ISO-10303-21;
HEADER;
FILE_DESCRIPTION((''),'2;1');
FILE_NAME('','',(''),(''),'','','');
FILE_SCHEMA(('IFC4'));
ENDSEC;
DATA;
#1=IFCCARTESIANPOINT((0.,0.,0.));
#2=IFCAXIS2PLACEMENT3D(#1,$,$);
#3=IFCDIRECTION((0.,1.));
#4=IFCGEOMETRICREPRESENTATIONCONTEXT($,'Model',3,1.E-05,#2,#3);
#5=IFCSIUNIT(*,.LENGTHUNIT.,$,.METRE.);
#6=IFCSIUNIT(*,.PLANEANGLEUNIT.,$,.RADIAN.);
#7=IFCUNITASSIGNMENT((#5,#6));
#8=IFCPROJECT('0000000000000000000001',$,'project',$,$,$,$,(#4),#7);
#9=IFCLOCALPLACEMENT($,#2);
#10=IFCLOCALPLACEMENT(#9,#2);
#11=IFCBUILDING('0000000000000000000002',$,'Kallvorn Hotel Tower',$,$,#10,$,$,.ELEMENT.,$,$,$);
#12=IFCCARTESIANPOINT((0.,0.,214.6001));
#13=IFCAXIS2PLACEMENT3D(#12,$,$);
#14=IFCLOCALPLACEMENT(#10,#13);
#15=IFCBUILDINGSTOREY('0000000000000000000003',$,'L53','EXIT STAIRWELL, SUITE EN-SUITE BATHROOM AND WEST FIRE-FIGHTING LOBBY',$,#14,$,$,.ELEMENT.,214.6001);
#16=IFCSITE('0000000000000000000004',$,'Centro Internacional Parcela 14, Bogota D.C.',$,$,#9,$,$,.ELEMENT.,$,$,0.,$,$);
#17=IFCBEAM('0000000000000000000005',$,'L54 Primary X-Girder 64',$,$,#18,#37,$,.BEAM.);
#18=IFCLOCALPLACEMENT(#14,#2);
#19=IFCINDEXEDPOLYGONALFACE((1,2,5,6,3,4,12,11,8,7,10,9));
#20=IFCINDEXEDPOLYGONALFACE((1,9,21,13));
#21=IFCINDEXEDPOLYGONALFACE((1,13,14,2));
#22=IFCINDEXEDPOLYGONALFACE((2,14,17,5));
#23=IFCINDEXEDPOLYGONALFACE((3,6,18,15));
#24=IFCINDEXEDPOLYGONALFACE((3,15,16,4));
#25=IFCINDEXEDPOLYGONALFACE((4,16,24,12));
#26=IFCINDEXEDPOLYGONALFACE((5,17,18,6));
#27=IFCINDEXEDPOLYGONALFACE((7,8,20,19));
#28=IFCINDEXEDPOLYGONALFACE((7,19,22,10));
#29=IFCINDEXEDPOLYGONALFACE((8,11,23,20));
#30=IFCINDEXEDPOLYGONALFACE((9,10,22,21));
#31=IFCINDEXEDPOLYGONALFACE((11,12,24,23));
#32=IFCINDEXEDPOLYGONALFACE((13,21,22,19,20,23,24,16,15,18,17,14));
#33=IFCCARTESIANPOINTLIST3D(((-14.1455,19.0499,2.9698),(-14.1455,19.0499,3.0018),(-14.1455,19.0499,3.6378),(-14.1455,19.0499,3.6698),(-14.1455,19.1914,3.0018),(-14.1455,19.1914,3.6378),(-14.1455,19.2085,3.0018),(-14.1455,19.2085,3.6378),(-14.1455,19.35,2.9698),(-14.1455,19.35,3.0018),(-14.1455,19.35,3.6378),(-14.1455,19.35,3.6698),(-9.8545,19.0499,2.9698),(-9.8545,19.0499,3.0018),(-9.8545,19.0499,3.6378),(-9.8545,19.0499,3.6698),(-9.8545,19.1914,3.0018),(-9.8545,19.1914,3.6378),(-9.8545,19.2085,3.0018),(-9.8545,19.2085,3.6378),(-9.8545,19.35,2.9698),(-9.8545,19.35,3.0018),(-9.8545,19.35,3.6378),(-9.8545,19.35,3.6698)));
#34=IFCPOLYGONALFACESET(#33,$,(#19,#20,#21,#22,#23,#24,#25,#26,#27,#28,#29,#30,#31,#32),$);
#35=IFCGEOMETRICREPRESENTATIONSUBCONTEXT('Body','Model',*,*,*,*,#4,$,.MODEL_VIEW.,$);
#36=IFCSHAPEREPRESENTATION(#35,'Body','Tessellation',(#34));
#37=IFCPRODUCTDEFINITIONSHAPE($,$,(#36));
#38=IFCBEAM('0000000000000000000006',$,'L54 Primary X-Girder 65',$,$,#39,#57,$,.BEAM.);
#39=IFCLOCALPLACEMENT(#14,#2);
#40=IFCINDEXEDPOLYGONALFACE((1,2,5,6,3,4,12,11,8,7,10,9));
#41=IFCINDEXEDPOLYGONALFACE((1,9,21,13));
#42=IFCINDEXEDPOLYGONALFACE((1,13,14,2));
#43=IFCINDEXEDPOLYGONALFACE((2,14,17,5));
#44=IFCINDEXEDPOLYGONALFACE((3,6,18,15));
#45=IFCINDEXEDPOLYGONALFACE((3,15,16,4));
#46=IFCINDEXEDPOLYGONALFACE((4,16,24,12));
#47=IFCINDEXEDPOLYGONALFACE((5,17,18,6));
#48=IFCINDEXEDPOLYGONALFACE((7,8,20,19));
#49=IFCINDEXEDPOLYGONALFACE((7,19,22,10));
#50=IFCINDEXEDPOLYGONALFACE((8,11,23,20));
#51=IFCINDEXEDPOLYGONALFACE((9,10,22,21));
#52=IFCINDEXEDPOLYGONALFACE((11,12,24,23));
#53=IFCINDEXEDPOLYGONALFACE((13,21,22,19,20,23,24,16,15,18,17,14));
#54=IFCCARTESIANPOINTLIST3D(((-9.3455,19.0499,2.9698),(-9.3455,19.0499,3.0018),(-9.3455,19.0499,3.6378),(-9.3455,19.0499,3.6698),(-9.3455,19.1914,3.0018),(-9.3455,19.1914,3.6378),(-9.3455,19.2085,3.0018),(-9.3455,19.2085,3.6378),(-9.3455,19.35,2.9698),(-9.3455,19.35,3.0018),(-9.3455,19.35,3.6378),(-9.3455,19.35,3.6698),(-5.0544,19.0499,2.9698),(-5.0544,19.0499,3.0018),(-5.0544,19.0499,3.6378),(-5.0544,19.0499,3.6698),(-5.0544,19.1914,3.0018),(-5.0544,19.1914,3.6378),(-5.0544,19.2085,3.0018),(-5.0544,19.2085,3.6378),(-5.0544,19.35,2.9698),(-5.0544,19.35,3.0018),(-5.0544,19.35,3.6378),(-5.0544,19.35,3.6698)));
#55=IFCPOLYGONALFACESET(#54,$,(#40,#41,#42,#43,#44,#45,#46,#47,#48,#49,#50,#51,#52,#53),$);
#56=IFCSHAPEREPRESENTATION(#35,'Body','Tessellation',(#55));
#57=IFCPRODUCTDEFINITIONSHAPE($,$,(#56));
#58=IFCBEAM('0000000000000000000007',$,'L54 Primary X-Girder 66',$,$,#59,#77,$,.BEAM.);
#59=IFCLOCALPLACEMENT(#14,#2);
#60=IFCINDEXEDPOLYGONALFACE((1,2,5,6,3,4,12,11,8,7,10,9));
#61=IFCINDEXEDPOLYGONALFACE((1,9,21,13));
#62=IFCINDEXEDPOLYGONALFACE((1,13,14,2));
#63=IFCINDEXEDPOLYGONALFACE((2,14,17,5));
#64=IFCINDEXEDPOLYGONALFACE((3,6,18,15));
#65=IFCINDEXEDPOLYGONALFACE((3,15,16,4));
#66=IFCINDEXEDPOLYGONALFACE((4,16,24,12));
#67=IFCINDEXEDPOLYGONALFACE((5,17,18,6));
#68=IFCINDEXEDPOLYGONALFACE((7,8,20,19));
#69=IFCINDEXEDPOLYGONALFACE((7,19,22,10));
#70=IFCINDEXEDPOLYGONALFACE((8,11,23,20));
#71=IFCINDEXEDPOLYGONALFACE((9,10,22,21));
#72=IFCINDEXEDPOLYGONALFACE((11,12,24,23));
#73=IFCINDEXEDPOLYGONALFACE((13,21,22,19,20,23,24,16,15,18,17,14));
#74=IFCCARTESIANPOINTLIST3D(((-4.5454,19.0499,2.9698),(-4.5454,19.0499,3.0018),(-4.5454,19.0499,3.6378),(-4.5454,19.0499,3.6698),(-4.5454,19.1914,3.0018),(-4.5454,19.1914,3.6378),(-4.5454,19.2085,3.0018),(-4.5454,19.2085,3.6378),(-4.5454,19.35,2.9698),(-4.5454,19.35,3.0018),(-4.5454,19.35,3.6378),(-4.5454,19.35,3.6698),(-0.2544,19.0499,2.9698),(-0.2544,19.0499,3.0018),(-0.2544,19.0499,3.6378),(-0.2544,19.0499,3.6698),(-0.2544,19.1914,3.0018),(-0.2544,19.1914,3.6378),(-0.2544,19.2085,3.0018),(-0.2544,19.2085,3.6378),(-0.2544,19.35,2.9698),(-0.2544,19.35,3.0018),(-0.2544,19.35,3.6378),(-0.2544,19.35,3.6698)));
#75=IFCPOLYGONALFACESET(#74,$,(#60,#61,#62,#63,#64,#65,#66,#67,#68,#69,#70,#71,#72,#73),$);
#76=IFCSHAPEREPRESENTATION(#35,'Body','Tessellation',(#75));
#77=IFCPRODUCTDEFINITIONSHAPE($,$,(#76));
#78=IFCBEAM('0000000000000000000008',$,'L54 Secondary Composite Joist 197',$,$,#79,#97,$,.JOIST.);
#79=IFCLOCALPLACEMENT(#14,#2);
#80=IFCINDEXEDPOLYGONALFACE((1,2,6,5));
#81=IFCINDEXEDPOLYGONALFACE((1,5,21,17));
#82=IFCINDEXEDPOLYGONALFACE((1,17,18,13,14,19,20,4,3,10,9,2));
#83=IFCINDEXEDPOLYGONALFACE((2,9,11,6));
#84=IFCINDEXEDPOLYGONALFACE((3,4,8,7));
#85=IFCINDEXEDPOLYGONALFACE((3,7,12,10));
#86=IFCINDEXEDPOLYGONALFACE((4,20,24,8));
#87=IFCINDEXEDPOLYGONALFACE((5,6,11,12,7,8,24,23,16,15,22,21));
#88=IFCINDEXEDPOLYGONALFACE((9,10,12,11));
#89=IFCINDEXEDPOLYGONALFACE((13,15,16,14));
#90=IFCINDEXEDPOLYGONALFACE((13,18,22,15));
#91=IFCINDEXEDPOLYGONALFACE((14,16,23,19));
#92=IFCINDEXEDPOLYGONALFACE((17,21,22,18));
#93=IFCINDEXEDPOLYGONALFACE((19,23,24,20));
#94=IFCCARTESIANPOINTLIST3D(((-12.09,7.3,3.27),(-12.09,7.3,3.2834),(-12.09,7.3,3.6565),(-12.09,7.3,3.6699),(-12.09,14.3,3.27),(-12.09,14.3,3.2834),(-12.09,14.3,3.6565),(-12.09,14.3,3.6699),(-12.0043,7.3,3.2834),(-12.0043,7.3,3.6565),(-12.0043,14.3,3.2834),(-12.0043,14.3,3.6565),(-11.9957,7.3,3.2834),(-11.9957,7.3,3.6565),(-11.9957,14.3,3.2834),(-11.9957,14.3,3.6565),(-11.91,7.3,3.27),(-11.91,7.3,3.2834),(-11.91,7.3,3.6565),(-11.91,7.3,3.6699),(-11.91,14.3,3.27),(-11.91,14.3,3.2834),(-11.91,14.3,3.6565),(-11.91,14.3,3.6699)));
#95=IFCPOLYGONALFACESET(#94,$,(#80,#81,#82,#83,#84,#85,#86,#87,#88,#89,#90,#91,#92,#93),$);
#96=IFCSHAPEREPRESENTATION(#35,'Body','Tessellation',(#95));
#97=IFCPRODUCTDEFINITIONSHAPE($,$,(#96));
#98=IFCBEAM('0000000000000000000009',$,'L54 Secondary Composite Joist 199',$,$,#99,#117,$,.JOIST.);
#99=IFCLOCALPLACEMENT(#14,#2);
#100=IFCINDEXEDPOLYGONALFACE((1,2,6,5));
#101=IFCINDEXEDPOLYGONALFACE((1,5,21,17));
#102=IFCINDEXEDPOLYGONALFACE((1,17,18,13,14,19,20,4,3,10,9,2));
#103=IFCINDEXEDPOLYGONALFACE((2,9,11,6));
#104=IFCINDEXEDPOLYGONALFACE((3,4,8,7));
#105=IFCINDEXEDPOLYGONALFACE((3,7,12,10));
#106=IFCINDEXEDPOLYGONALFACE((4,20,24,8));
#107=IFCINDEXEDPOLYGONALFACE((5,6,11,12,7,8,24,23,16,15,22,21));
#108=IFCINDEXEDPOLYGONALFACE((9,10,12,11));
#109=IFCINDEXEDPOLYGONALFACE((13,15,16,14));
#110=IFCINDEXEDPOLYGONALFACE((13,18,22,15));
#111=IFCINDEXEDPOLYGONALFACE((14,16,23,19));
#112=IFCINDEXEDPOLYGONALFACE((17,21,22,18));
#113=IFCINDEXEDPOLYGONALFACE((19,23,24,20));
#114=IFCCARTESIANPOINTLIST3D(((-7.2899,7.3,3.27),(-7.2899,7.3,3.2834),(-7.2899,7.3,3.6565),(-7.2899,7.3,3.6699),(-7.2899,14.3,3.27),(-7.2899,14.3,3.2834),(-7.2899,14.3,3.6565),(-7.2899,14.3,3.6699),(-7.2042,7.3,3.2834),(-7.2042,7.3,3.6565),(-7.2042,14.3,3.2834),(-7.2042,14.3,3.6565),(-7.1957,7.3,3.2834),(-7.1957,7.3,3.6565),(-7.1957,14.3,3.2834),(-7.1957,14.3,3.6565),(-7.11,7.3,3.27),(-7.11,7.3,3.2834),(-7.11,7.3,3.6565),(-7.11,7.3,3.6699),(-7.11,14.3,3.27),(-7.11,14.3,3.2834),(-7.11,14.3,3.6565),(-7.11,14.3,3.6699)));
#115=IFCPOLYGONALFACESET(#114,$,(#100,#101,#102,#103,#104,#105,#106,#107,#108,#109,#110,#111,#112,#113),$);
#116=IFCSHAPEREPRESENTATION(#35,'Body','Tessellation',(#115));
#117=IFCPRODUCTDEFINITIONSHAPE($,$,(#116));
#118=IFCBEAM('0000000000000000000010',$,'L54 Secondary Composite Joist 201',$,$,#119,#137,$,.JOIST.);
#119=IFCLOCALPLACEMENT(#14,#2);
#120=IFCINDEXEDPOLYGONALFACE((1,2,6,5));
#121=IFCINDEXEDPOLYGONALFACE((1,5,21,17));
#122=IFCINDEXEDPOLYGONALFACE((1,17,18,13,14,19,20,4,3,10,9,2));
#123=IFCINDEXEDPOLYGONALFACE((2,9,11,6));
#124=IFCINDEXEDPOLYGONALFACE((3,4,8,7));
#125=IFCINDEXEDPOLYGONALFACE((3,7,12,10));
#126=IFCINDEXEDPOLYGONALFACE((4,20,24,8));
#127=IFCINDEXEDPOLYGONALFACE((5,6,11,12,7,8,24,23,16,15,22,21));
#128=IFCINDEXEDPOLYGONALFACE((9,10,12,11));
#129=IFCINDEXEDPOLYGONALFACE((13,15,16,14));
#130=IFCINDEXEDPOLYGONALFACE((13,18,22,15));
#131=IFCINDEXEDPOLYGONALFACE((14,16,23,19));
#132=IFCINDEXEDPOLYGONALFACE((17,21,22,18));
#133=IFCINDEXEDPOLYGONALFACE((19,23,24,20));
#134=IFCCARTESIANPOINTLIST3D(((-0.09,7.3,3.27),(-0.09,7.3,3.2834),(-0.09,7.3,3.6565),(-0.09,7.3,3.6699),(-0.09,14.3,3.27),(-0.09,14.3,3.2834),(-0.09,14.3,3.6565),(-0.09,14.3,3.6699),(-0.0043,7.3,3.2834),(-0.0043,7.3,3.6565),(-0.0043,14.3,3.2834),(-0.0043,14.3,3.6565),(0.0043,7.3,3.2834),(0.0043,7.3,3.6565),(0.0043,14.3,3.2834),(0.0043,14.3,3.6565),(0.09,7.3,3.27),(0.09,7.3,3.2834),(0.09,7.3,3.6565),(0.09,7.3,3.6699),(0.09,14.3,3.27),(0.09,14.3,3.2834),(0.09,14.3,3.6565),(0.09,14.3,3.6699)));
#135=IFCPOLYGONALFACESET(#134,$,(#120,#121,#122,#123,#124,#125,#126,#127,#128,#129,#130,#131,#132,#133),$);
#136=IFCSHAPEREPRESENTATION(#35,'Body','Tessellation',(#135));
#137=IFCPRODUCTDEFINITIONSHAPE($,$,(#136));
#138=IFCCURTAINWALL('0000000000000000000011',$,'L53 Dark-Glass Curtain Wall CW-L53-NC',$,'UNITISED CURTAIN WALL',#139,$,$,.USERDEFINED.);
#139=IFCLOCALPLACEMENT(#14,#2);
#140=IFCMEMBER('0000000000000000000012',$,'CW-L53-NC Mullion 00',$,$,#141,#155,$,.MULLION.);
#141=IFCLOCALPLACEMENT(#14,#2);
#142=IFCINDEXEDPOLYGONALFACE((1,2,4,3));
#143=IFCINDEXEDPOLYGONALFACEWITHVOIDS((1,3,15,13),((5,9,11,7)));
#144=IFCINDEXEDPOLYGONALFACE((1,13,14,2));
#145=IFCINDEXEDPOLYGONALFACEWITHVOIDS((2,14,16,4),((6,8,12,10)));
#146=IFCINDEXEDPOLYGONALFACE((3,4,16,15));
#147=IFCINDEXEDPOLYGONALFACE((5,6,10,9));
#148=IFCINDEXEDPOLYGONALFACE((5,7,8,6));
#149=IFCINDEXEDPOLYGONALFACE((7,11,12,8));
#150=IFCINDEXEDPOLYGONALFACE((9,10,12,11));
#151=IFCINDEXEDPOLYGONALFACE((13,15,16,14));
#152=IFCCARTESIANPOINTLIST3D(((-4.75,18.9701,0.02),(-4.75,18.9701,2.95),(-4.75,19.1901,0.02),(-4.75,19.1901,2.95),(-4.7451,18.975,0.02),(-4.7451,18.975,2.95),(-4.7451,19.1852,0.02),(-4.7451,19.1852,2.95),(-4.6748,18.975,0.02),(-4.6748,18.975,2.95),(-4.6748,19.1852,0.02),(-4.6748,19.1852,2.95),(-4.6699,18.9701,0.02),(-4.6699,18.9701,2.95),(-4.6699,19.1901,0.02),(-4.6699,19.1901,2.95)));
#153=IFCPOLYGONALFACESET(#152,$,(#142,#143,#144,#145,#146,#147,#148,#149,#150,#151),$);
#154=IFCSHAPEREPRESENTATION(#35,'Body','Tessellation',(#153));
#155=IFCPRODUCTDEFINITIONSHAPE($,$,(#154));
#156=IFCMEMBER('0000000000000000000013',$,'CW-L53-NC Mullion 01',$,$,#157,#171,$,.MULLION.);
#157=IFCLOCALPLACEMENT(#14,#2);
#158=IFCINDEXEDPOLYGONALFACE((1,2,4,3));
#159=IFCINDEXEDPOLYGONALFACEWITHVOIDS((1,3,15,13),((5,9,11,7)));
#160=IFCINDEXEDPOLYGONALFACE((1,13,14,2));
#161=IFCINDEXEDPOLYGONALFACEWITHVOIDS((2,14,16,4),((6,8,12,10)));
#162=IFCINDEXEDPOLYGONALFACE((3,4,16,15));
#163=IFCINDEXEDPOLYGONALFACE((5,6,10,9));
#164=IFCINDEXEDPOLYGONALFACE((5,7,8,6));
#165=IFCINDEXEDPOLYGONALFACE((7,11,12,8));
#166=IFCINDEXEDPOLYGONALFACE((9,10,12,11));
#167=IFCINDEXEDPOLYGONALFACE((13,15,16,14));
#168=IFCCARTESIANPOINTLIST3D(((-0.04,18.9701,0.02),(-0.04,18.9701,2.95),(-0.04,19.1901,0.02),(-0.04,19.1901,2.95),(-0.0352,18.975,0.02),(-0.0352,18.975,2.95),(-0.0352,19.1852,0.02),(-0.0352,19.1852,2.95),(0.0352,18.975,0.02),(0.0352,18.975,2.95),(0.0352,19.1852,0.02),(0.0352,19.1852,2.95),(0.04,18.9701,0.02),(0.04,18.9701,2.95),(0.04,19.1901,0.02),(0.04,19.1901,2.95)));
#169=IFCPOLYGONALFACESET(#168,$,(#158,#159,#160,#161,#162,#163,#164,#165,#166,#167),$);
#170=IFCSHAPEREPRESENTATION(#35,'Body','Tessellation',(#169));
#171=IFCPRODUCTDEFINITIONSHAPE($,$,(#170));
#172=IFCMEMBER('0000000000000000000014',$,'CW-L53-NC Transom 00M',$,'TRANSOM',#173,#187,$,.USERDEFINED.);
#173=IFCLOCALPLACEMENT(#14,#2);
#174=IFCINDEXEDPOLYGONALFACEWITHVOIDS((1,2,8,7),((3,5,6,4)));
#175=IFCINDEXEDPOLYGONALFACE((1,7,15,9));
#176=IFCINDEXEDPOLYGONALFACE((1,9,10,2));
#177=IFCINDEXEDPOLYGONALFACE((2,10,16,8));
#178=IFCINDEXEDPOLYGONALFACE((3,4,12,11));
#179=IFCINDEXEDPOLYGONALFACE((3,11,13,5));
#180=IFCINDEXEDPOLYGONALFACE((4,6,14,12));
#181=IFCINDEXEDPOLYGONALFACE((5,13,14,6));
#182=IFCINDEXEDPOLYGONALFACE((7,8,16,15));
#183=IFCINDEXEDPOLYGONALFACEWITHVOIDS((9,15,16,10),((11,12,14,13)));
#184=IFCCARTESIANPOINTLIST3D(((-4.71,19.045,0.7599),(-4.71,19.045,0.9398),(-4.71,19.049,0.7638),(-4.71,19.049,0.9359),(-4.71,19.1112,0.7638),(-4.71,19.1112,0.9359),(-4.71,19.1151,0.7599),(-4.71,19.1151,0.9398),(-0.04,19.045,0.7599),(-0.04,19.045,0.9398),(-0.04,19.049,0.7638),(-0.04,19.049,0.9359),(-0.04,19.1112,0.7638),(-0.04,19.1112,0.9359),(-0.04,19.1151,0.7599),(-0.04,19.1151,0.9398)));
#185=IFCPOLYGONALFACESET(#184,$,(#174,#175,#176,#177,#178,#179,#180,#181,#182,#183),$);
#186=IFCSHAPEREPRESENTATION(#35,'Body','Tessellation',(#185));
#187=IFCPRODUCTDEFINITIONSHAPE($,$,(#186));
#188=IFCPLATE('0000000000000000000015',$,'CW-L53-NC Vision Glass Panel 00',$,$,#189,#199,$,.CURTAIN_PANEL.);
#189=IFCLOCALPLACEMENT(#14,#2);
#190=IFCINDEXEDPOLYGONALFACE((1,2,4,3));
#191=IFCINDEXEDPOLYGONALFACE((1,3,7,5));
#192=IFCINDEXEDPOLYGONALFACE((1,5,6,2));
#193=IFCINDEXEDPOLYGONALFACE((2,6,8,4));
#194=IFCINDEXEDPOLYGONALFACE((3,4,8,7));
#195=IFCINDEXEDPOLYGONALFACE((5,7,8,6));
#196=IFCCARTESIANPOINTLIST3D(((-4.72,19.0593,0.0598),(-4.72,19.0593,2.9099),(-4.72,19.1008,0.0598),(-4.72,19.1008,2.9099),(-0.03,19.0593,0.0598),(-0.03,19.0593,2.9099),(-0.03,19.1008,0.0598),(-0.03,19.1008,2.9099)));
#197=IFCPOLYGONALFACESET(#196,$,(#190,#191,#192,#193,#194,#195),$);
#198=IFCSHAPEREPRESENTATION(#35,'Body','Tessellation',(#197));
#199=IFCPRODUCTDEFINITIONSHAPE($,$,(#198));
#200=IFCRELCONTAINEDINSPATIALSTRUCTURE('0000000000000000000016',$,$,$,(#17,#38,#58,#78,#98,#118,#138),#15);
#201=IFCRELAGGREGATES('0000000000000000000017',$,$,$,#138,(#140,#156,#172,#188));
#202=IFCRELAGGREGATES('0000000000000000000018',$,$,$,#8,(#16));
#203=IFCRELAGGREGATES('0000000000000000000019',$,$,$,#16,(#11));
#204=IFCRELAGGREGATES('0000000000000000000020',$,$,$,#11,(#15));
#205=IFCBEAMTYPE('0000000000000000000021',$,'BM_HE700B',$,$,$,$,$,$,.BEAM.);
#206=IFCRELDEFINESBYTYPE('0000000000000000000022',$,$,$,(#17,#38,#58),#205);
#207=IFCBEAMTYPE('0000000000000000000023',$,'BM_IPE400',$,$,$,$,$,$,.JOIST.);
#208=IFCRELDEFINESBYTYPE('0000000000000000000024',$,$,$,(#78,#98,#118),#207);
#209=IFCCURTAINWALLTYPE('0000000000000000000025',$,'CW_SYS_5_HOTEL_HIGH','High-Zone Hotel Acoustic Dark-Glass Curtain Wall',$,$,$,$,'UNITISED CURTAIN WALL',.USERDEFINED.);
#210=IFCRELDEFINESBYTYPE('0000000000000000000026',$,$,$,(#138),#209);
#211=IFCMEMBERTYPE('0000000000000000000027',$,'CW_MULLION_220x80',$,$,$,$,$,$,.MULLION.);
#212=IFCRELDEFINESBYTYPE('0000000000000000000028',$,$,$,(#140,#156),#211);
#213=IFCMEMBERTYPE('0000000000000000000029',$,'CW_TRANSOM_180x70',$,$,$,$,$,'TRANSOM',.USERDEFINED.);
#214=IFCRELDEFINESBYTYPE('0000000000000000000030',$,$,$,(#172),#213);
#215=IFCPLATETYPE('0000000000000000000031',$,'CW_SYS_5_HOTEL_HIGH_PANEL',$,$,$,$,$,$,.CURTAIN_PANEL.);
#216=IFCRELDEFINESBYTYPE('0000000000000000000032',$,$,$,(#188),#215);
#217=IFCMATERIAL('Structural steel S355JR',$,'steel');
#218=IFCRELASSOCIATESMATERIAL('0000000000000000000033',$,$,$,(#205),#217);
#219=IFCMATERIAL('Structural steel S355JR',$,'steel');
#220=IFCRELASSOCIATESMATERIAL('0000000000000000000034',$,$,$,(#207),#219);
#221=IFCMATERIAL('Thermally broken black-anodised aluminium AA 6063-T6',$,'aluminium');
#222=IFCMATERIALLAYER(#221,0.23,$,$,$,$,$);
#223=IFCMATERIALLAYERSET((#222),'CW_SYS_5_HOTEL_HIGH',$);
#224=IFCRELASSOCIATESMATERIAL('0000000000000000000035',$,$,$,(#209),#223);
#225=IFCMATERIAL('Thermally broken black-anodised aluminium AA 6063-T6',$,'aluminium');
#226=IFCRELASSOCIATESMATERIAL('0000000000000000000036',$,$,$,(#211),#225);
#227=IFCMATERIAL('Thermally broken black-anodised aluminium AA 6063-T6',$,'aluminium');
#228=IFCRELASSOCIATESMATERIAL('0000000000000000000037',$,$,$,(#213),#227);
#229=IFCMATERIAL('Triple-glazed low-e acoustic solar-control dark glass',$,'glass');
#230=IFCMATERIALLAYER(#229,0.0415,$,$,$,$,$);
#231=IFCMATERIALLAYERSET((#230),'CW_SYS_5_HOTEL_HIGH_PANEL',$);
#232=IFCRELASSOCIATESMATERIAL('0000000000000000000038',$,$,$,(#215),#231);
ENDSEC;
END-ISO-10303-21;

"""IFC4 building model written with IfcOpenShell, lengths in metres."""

from ifc_helpers import new_model, si_unit, direction, frame, origin, origin_2d, place, context, subcontext, project, spatial, rectangle, hollow_rectangle, i_section, extrude, material, layer, layer_set, material_profile, profile_set, type_object, element, aggregate, save


model = new_model("IFC4")

# Units and contexts
model_context = context("Model", 3, precision=1e-05, world=origin(), true_north=direction((0.0, 1.0)))
body_context = subcontext(model_context, "Body", "Model", "MODEL_VIEW")
ifc_project = project(units=[si_unit("LENGTHUNIT", "METRE"), si_unit("PLANEANGLEUNIT", "RADIAN")], contexts=[model_context])

# Site, building, storey
site_placement = place(None, origin())
site = spatial("IfcSite", under=ifc_project, at=site_placement, Name="Centro Internacional Parcela 14, Bogota D.C.", CompositionType="ELEMENT", RefElevation=0.0)
building_placement = place(site_placement, origin())
building = spatial("IfcBuilding", under=site, at=building_placement, Name="Kallvorn Hotel Tower", CompositionType="ELEMENT")
storey_placement = place(building_placement, frame((0.0, 0.0, 214.6001)))
storey = spatial("IfcBuildingStorey", under=building, at=storey_placement, Name="L53", Description="EXIT STAIRWELL, SUITE EN-SUITE BATHROOM AND WEST FIRE-FIGHTING LOBBY", CompositionType="ELEMENT", Elevation=214.6001)

# Beams
ifc_material_1 = material(Name="Structural steel S355JR", Category="steel")
ifc_material_profile_1 = material_profile(ifc_material_1, i_section(OverallWidth=0.3, OverallDepth=0.7, WebThickness=0.0171, FlangeThickness=0.032, at=origin_2d()), Name="HE 700 B")
ifc_profile_set_1 = profile_set([ifc_material_profile_1], Name="Structural steel S355JR")
beam_type_1 = type_object("IfcBeamType", Name="BM_HE700B", PredefinedType="BEAM", material=ifc_profile_set_1)
for number, where, z_axis, x_axis, name in (
    (1, (-14.1455, 19.2, 3.3198), (1.0, 0.0, 0.0), (0.0, 1.0, 0.0), "L54 Primary X-Girder 64"),
    (2, (-9.3455, 19.2, 3.3198), (1.0, 0.0, 0.0), (0.0, 1.0, 0.0), "L54 Primary X-Girder 65"),
    (3, (-4.5454, 19.2, 3.3198), (1.0, 0.0, 0.0), (0.0, 1.0, 0.0), "L54 Primary X-Girder 66"),
):
    element("IfcBeam", number, at=place(storey_placement, frame(where, z_axis=z_axis, x_axis=x_axis)), inside=storey, type_object=beam_type_1, Name=name, PredefinedType="BEAM", context=body_context, shape_type="SweptSolid", body=[
        extrude(i_section(OverallWidth=0.3, OverallDepth=0.7, WebThickness=0.0171, FlangeThickness=0.032, at=origin_2d()), origin(), (0.0, 0.0, 1.0), 4.291),
    ])
ifc_material_2 = material(Name="Structural steel S355JR", Category="steel")
ifc_material_profile_2 = material_profile(ifc_material_2, i_section(OverallWidth=0.1799, OverallDepth=0.3999, WebThickness=0.0085, FlangeThickness=0.0134, at=origin_2d()), Name="IPE 400")
ifc_profile_set_2 = profile_set([ifc_material_profile_2], Name="Structural steel S355JR")
beam_type_2 = type_object("IfcBeamType", Name="BM_IPE400", PredefinedType="JOIST", material=ifc_profile_set_2)
for number, where, z_axis, x_axis, name in (
    (4, (-12.0, 7.3, 3.47), (0.0, 1.0, 0.0), (-1.0, 0.0, 0.0), "L54 Secondary Composite Joist 197"),
    (5, (-7.2, 7.3, 3.47), (0.0, 1.0, 0.0), (-1.0, 0.0, 0.0), "L54 Secondary Composite Joist 199"),
    (6, (0.0, 7.3, 3.47), (0.0, 1.0, 0.0), (-1.0, 0.0, 0.0), "L54 Secondary Composite Joist 201"),
):
    element("IfcBeam", number, at=place(storey_placement, frame(where, z_axis=z_axis, x_axis=x_axis)), inside=storey, type_object=beam_type_2, Name=name, PredefinedType="JOIST", context=body_context, shape_type="SweptSolid", body=[
        extrude(i_section(OverallWidth=0.1799, OverallDepth=0.3999, WebThickness=0.0085, FlangeThickness=0.0134, at=origin_2d()), origin(), (0.0, 0.0, 1.0), 7.0),
    ])

# Curtain wall, members, plate
ifc_material_3 = material(Name="Thermally broken black-anodised aluminium AA 6063-T6", Category="aluminium")
ifc_layer_1 = layer(ifc_material_3, 0.23)
ifc_layer_set_1 = layer_set([ifc_layer_1], Name="CW_SYS_5_HOTEL_HIGH")
curtain_wall_type = type_object("IfcCurtainWallType", Name="CW_SYS_5_HOTEL_HIGH", Description="High-Zone Hotel Acoustic Dark-Glass Curtain Wall", ElementType="UNITISED CURTAIN WALL", PredefinedType="USERDEFINED", material=ifc_layer_set_1)
curtain_wall_placement = place(storey_placement, origin())
curtain_wall = element("IfcCurtainWall", 7, at=curtain_wall_placement, inside=storey, type_object=curtain_wall_type, Name="L53 Dark-Glass Curtain Wall CW-L53-NC", ObjectType="UNITISED CURTAIN WALL", PredefinedType="USERDEFINED")
ifc_material_4 = material(Name="Thermally broken black-anodised aluminium AA 6063-T6", Category="aluminium")
ifc_material_profile_3 = material_profile(ifc_material_4, hollow_rectangle(XDim=0.0801, YDim=0.22, WallThickness=0.0049, at=origin_2d()), Name="MUL 220x80")
ifc_profile_set_3 = profile_set([ifc_material_profile_3], Name="Thermally broken black-anodised aluminium AA 6063-T6")
member_type_1 = type_object("IfcMemberType", Name="CW_MULLION_220x80", PredefinedType="MULLION", material=ifc_profile_set_3)
member_1_placement = place(storey_placement, frame((-4.71, 19.0801, 0.02), z_axis=(0.0, 0.0, 1.0), x_axis=(1.0, 0.0, 0.0)))
member_1 = element("IfcMember", 8, at=member_1_placement, type_object=member_type_1, Name="CW-L53-NC Mullion 00", PredefinedType="MULLION", context=body_context, shape_type="SweptSolid", body=[
    extrude(hollow_rectangle(XDim=0.0801, YDim=0.22, WallThickness=0.0049, at=origin_2d()), origin(), (0.0, 0.0, 1.0), 2.9299),
])
member_2_placement = place(storey_placement, frame((0.0, 19.0801, 0.02), z_axis=(0.0, 0.0, 1.0), x_axis=(1.0, 0.0, 0.0)))
member_2 = element("IfcMember", 9, at=member_2_placement, type_object=member_type_1, Name="CW-L53-NC Mullion 01", PredefinedType="MULLION", context=body_context, shape_type="SweptSolid", body=[
    extrude(hollow_rectangle(XDim=0.0801, YDim=0.22, WallThickness=0.0049, at=origin_2d()), origin(), (0.0, 0.0, 1.0), 2.9299),
])
ifc_material_5 = material(Name="Thermally broken black-anodised aluminium AA 6063-T6", Category="aluminium")
ifc_material_profile_4 = material_profile(ifc_material_5, hollow_rectangle(XDim=0.0701, YDim=0.1799, WallThickness=0.0039, at=origin_2d()), Name="TRN 180x70")
ifc_profile_set_4 = profile_set([ifc_material_profile_4], Name="Thermally broken black-anodised aluminium AA 6063-T6")
member_type_2 = type_object("IfcMemberType", Name="CW_TRANSOM_180x70", ElementType="TRANSOM", PredefinedType="USERDEFINED", material=ifc_profile_set_4)
member_3_placement = place(storey_placement, frame((-4.71, 19.0801, 0.8499), z_axis=(1.0, 0.0, 0.0), x_axis=(0.0, 1.0, 0.0)))
member_3 = element("IfcMember", 10, at=member_3_placement, type_object=member_type_2, Name="CW-L53-NC Transom 00M", ObjectType="TRANSOM", PredefinedType="USERDEFINED", context=body_context, shape_type="SweptSolid", body=[
    extrude(hollow_rectangle(XDim=0.0701, YDim=0.1799, WallThickness=0.0039, at=origin_2d()), origin(), (0.0, 0.0, 1.0), 4.6699),
])
ifc_material_6 = material(Name="Triple-glazed low-e acoustic solar-control dark glass", Category="glass")
ifc_layer_2 = layer(ifc_material_6, 0.0415)
ifc_layer_set_2 = layer_set([ifc_layer_2], Name="CW_SYS_5_HOTEL_HIGH_PANEL")
plate_type = type_object("IfcPlateType", Name="CW_SYS_5_HOTEL_HIGH_PANEL", PredefinedType="CURTAIN_PANEL", material=ifc_layer_set_2)
plate_placement = place(storey_placement, frame((-2.375, 19.0801, 0.0598), z_axis=(0.0, 0.0, 1.0), x_axis=(1.0, 0.0, 0.0)))
plate = element("IfcPlate", 11, at=plate_placement, type_object=plate_type, Name="CW-L53-NC Vision Glass Panel 00", PredefinedType="CURTAIN_PANEL", context=body_context, shape_type="SweptSolid", body=[
    extrude(rectangle(XDim=4.6899, YDim=0.0415, at=origin_2d()), origin(), (0.0, 0.0, 1.0), 2.8501),
])
aggregate(curtain_wall, [member_1, member_2, member_3, plate])

save(model, "model.ifc")
